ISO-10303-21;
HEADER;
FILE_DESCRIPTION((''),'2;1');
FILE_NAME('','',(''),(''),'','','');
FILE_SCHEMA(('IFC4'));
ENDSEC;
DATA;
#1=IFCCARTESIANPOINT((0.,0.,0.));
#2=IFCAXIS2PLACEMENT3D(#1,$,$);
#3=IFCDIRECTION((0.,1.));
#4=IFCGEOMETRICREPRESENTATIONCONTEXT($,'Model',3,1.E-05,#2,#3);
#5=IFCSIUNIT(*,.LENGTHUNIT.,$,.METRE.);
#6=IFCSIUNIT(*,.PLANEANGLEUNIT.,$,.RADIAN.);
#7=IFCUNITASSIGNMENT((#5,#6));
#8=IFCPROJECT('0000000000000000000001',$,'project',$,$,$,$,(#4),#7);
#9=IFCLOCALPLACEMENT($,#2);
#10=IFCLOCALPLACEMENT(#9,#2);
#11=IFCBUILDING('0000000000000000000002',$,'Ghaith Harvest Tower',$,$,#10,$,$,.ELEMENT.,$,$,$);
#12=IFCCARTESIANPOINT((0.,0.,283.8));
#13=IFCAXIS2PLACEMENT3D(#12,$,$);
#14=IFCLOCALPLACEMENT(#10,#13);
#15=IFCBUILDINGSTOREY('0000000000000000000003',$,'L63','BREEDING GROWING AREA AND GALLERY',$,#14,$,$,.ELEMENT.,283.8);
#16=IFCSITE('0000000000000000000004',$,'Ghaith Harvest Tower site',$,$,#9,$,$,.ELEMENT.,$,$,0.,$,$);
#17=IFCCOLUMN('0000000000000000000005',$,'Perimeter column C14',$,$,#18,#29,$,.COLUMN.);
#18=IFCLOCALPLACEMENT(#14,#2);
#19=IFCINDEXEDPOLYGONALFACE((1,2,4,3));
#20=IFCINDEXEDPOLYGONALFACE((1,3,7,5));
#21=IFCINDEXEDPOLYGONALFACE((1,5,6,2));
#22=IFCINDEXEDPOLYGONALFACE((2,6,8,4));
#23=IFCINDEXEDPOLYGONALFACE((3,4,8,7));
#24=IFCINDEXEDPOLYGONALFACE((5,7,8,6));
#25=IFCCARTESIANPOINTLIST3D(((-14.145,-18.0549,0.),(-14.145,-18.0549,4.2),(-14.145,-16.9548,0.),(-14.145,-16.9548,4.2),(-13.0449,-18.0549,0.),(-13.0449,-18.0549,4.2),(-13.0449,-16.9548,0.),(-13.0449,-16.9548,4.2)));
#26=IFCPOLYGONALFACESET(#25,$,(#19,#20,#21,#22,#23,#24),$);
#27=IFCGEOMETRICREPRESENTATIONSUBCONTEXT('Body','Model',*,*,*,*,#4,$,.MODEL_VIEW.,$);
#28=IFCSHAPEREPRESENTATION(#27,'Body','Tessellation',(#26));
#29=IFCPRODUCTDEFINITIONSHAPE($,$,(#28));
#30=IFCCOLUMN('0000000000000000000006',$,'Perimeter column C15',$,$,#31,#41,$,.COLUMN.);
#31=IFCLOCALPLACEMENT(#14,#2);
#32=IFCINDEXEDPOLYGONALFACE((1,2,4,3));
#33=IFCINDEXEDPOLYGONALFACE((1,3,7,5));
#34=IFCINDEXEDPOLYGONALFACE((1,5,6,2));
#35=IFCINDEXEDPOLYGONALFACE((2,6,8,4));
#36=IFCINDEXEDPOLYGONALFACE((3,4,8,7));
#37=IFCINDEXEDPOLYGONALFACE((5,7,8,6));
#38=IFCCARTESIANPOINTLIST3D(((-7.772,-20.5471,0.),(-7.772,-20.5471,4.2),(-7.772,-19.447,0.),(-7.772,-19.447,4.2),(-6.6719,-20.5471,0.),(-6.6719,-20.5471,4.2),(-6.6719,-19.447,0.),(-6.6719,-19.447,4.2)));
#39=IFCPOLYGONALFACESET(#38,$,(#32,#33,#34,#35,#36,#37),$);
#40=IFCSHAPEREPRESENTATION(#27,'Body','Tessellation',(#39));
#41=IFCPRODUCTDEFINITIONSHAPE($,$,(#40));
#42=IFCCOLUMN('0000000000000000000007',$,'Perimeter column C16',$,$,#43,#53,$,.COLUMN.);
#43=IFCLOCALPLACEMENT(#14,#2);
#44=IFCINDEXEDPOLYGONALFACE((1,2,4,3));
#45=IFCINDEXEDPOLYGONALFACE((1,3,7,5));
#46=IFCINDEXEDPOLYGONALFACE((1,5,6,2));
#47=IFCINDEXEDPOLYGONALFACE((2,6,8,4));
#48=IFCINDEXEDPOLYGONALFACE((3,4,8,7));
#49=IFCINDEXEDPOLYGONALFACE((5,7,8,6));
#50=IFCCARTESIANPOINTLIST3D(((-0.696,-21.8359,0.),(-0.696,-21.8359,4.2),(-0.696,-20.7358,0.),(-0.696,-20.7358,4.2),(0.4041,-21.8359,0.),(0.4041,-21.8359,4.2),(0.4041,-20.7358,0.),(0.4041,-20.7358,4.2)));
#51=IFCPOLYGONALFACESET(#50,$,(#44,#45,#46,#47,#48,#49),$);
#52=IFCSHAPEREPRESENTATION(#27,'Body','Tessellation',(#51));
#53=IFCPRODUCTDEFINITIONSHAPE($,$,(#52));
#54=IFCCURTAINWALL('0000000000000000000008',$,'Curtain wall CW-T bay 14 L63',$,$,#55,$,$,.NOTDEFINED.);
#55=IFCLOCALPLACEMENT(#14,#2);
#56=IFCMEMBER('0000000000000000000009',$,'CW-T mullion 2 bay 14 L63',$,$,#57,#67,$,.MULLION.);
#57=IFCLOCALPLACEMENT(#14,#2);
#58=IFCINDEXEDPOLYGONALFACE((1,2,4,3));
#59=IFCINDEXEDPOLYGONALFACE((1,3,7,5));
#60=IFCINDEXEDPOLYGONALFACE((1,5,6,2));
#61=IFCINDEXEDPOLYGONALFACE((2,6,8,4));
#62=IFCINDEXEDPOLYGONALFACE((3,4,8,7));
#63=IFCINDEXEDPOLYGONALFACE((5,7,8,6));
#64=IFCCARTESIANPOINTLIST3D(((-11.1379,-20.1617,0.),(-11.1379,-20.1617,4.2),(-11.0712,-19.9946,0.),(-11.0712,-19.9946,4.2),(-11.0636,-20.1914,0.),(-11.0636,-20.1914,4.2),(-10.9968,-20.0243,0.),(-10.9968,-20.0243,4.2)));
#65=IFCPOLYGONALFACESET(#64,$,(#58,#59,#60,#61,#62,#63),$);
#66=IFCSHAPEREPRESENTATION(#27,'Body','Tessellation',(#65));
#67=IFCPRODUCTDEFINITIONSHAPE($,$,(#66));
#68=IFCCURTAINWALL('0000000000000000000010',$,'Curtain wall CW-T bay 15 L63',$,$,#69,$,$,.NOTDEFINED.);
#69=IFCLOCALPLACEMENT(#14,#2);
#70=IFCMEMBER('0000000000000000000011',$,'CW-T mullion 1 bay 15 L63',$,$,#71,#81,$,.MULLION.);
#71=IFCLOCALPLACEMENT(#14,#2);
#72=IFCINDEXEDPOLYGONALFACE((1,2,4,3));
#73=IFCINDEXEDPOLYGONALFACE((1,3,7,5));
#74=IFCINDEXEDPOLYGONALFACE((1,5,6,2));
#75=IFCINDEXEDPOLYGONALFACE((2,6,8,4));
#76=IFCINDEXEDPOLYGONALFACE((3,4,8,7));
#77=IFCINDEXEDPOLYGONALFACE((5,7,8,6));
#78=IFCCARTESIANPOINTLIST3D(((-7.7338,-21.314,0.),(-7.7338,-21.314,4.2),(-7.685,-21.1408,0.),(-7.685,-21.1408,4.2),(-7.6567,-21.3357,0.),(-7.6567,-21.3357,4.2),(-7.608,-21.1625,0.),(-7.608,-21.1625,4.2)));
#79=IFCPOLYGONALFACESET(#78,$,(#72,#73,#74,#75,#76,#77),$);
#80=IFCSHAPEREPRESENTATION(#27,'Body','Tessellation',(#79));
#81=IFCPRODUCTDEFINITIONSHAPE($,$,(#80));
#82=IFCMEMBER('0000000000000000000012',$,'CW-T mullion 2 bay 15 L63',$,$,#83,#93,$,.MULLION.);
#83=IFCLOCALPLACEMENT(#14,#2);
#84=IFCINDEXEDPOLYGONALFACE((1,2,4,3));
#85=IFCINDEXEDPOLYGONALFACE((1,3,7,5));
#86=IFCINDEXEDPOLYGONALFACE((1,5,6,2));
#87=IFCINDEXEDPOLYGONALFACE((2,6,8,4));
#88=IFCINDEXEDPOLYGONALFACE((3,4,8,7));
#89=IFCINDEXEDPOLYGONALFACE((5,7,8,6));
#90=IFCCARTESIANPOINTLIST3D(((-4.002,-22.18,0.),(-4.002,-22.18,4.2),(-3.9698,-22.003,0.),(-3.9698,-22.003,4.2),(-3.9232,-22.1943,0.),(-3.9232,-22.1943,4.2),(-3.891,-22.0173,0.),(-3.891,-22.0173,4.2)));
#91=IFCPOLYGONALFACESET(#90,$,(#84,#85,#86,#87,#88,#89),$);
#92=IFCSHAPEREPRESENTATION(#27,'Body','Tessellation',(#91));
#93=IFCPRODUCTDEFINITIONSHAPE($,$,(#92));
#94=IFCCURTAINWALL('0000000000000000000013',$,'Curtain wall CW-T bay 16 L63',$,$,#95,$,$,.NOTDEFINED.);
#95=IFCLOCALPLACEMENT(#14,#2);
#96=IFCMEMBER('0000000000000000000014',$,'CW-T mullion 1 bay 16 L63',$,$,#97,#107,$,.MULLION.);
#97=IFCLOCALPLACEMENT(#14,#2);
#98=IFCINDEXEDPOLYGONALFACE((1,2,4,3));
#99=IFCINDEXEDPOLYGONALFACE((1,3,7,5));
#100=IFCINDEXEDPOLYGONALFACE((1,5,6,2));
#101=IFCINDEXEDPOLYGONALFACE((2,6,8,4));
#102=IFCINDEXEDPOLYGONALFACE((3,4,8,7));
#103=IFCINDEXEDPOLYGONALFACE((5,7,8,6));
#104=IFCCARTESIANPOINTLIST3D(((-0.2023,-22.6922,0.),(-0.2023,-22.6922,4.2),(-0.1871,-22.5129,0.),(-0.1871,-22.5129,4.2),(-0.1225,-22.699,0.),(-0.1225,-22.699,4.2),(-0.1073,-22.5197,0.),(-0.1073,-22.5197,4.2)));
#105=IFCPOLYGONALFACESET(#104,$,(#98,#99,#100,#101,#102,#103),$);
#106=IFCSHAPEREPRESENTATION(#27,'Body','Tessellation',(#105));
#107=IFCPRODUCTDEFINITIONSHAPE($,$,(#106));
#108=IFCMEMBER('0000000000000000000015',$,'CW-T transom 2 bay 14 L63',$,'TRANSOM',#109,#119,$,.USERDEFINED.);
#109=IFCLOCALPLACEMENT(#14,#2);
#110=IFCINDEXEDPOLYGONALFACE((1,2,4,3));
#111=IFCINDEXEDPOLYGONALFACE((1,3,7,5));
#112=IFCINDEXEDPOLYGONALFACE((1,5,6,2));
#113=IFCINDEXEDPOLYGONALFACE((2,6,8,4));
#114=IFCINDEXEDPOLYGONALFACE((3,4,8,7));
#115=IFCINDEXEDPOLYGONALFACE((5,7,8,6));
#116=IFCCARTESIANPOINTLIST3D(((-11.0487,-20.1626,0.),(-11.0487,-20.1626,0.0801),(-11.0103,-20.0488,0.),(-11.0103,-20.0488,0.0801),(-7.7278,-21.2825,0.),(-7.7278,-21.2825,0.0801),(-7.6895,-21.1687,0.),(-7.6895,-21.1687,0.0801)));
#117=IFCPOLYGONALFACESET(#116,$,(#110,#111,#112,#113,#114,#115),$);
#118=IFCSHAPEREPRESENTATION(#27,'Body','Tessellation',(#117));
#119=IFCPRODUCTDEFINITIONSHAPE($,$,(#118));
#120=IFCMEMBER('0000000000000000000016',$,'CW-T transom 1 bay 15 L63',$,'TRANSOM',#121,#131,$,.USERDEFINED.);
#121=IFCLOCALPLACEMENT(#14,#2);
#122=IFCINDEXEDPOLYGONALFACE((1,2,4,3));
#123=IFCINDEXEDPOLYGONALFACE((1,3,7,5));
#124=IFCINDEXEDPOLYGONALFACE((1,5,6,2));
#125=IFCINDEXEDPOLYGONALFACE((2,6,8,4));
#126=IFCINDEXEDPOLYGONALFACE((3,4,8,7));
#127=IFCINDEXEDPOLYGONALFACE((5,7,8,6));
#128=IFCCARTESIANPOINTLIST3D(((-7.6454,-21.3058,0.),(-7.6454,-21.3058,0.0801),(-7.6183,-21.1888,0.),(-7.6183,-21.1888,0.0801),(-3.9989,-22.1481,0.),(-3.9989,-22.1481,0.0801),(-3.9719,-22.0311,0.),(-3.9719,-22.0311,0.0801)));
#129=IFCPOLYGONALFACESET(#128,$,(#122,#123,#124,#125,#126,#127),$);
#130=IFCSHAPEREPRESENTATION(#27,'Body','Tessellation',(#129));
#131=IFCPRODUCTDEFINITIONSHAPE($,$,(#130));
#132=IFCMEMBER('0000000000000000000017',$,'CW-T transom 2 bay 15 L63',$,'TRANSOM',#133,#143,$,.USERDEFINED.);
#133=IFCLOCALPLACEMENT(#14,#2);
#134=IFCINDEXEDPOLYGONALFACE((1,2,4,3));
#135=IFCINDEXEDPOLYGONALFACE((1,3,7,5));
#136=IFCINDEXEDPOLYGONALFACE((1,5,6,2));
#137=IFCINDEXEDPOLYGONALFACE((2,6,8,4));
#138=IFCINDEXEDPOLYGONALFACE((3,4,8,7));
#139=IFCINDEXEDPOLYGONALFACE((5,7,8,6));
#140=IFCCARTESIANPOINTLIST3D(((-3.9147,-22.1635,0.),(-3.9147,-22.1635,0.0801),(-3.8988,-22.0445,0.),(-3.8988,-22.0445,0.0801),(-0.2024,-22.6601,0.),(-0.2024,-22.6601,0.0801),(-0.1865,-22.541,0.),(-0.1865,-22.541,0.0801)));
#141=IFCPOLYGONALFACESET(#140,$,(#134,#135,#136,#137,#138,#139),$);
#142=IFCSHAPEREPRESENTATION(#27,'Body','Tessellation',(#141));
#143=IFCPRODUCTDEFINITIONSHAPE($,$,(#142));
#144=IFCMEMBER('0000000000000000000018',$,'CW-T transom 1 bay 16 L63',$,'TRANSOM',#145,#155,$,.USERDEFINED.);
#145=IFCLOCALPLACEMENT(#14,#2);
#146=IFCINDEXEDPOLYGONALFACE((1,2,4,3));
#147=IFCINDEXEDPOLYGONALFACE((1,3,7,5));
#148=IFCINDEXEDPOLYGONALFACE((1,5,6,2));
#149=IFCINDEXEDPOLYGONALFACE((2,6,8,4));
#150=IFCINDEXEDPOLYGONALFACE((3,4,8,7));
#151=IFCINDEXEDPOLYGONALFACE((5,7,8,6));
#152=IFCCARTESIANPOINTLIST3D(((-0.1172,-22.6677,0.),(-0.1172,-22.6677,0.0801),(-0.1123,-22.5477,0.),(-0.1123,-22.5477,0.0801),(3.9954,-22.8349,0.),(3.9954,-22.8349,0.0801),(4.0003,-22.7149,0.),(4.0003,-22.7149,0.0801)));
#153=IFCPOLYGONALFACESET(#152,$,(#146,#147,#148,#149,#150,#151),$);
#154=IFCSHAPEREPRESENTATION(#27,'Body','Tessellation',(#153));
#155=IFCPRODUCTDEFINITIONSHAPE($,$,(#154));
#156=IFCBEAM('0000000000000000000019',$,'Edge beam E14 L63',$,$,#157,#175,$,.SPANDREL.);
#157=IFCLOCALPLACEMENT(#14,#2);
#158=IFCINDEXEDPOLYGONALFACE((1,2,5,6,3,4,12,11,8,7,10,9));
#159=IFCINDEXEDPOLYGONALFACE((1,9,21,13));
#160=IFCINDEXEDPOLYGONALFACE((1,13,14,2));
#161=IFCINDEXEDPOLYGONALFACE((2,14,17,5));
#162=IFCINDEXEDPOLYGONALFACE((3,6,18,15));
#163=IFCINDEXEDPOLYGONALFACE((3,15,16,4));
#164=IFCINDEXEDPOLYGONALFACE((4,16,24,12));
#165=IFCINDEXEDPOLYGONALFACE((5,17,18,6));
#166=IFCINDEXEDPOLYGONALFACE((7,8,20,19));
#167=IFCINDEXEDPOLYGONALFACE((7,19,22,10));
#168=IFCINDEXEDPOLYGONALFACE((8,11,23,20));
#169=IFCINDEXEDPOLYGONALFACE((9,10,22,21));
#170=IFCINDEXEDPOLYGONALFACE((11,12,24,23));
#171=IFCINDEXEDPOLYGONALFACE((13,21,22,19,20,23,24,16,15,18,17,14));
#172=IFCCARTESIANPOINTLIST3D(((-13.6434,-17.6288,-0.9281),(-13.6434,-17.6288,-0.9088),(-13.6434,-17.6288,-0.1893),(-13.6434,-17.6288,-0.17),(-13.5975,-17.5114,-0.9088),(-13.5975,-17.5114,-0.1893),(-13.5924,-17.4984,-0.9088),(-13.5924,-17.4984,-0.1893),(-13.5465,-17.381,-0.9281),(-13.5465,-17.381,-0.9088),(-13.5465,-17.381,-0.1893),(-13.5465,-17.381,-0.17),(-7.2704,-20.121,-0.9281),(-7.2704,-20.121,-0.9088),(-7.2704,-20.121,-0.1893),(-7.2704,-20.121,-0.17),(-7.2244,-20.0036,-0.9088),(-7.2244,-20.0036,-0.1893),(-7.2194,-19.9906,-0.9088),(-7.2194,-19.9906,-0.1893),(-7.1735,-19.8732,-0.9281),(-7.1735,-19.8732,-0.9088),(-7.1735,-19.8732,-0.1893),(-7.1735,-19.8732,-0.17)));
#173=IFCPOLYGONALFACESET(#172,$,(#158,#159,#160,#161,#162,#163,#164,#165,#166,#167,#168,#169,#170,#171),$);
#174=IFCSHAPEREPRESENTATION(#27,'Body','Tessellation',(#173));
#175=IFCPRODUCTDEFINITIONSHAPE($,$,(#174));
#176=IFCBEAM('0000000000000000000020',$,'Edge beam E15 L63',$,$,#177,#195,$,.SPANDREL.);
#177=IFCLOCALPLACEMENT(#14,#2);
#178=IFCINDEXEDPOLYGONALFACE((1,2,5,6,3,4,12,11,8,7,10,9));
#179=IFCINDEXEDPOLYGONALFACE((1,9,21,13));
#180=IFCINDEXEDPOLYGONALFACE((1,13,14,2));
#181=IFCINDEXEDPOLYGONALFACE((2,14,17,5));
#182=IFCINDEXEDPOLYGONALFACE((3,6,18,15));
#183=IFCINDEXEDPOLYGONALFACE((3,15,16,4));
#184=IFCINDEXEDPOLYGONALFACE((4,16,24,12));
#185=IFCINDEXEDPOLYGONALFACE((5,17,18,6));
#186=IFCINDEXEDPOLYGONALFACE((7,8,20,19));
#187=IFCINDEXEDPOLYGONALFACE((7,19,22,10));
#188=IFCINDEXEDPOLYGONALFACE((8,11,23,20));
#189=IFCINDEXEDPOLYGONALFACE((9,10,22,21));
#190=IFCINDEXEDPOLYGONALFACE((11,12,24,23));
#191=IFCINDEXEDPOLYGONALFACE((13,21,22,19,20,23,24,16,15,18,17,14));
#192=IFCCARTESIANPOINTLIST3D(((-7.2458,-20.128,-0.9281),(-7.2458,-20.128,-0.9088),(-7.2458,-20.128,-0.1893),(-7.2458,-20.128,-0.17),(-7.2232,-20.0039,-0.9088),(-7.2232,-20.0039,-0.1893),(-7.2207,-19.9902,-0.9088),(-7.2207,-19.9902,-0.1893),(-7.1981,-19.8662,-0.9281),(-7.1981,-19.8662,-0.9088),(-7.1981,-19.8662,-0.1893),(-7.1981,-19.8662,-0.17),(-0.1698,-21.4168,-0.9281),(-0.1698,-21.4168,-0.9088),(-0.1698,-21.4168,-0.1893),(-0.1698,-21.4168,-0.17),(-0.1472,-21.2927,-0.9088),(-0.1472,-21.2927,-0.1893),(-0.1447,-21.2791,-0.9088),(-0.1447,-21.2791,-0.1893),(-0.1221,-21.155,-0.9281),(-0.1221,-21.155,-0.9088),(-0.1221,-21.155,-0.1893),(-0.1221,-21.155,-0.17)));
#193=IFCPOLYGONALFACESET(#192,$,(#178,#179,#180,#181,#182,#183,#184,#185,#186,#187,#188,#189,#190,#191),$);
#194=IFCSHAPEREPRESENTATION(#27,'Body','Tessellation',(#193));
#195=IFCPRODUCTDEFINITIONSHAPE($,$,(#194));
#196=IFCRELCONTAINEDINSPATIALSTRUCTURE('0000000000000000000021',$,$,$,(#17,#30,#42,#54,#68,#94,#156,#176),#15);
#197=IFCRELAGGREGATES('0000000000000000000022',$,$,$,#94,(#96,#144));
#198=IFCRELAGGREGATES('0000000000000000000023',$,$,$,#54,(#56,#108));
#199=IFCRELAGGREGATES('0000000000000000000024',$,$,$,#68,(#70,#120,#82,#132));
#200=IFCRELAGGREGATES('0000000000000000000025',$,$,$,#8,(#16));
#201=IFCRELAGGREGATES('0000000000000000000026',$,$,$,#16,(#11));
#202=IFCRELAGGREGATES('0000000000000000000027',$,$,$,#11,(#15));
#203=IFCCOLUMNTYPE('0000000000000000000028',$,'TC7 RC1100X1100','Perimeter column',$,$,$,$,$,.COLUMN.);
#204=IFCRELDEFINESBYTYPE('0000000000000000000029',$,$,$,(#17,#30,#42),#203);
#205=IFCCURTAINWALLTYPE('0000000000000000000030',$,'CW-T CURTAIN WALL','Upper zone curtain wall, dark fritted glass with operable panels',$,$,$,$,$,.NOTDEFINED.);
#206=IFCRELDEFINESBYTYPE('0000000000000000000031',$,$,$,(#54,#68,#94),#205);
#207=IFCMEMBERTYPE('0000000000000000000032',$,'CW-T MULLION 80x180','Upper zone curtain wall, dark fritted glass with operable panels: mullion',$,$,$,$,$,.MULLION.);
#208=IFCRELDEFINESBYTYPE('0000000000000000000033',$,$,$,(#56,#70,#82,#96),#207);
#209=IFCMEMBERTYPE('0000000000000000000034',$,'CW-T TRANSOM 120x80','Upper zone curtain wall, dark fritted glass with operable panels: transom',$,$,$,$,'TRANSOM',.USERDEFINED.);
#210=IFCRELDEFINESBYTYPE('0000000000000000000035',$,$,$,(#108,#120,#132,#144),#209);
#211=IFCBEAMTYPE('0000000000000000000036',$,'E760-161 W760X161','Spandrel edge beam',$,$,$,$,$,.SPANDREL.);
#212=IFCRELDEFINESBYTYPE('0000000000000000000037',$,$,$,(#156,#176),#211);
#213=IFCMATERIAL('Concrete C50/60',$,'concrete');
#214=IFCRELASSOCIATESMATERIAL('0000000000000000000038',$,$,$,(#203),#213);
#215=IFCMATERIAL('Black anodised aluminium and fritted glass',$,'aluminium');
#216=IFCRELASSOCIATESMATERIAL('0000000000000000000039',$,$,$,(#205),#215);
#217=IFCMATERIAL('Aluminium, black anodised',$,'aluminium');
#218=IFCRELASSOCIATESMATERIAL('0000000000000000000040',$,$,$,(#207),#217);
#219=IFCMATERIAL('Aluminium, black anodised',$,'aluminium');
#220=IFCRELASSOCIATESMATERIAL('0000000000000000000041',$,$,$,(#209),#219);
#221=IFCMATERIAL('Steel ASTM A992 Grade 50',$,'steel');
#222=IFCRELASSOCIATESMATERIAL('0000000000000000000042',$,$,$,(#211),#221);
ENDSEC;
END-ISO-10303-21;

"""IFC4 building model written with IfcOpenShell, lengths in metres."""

from ifc_helpers import new_model, si_unit, direction, frame, origin, origin_2d, place, context, subcontext, project, spatial, rectangle, i_section, extrude, material, material_profile, profile_set, type_object, element, aggregate, save


model = new_model("IFC4")

# Units and contexts
model_context = context("Model", 3, precision=1e-05, world=origin(), true_north=direction((0.0, 1.0)))
body_context = subcontext(model_context, "Body", "Model", "MODEL_VIEW")
ifc_project = project(units=[si_unit("LENGTHUNIT", "METRE"), si_unit("PLANEANGLEUNIT", "RADIAN")], contexts=[model_context])

# Site, building, storey
site_placement = place(None, origin())
site = spatial("IfcSite", under=ifc_project, at=site_placement, Name="Ghaith Harvest Tower site", CompositionType="ELEMENT", RefElevation=0.0)
building_placement = place(site_placement, origin())
building = spatial("IfcBuilding", under=site, at=building_placement, Name="Ghaith Harvest Tower", CompositionType="ELEMENT")
storey_placement = place(building_placement, frame((0.0, 0.0, 283.8)))
storey = spatial("IfcBuildingStorey", under=building, at=storey_placement, Name="L63", Description="BREEDING GROWING AREA AND GALLERY", CompositionType="ELEMENT", Elevation=283.8)

# Columns
ifc_material_1 = material(Name="Concrete C50/60", Category="concrete")
ifc_material_profile_1 = material_profile(ifc_material_1, rectangle(XDim=1.1001, YDim=1.1001, at=origin_2d()), Name="RC1100X1100")
ifc_profile_set_1 = profile_set([ifc_material_profile_1], Name="Concrete C50/60")
column_type = type_object("IfcColumnType", Name="TC7 RC1100X1100", Description="Perimeter column", PredefinedType="COLUMN", material=ifc_profile_set_1)
for number, where, z_axis, x_axis, name in (
    (1, (-13.595, -17.5049, 0.0), (0.0, 0.0, 1.0), (1.0, 0.0, 0.0), "Perimeter column C14"),
    (2, (-7.2219, -19.9971, 0.0), (0.0, 0.0, 1.0), (1.0, 0.0, 0.0), "Perimeter column C15"),
    (3, (-0.146, -21.2859, 0.0), (0.0, 0.0, 1.0), (1.0, 0.0, 0.0), "Perimeter column C16"),
):
    element("IfcColumn", number, at=place(storey_placement, frame(where, z_axis=z_axis, x_axis=x_axis)), inside=storey, type_object=column_type, Name=name, PredefinedType="COLUMN", context=body_context, shape_type="SweptSolid", body=[
        extrude(rectangle(XDim=1.1001, YDim=1.1001, at=origin_2d()), origin(), (0.0, 0.0, 1.0), 4.2),
    ])

# Curtain wall, member
ifc_material_2 = material(Name="Black anodised aluminium and fritted glass", Category="aluminium")
curtain_wall_type = type_object("IfcCurtainWallType", Name="CW-T CURTAIN WALL", Description="Upper zone curtain wall, dark fritted glass with operable panels", PredefinedType="NOTDEFINED", material=ifc_material_2)
curtain_wall_1_placement = place(storey_placement, origin())
curtain_wall_1 = element("IfcCurtainWall", 4, at=curtain_wall_1_placement, inside=storey, type_object=curtain_wall_type, Name="Curtain wall CW-T bay 14 L63", PredefinedType="NOTDEFINED")
ifc_material_3 = material(Name="Aluminium, black anodised", Category="aluminium")
ifc_material_profile_2 = material_profile(ifc_material_3, rectangle(XDim=0.0801, YDim=0.1799, at=origin_2d()), Name="CW-T MULLION 80x180")
ifc_profile_set_2 = profile_set([ifc_material_profile_2], Name="Aluminium, black anodised")
member_type_1 = type_object("IfcMemberType", Name="CW-T MULLION 80x180", Description="Upper zone curtain wall, dark fritted glass with operable panels: mullion", PredefinedType="MULLION", material=ifc_profile_set_2)
member_1_placement = place(storey_placement, frame((-11.0674, -20.093, 0.0), z_axis=(0.0, 0.0, 1.0), x_axis=(0.928624, -0.371021, 0.0)))
member_1 = element("IfcMember", 5, at=member_1_placement, type_object=member_type_1, Name="CW-T mullion 2 bay 14 L63", PredefinedType="MULLION", context=body_context, shape_type="SweptSolid", body=[
    extrude(rectangle(XDim=0.0801, YDim=0.1799, at=origin_2d()), origin(), (0.0, 0.0, 1.0), 4.2),
])

# Curtain wall, members
curtain_wall_2_placement = place(storey_placement, origin())
curtain_wall_2 = element("IfcCurtainWall", 6, at=curtain_wall_2_placement, inside=storey, type_object=curtain_wall_type, Name="Curtain wall CW-T bay 15 L63", PredefinedType="NOTDEFINED")
member_2_placement = place(storey_placement, frame((-7.6709, -21.2383, 0.0), z_axis=(0.0, 0.0, 1.0), x_axis=(0.962552, -0.271095, 0.0)))
member_2 = element("IfcMember", 7, at=member_2_placement, type_object=member_type_1, Name="CW-T mullion 1 bay 15 L63", PredefinedType="MULLION", context=body_context, shape_type="SweptSolid", body=[
    extrude(rectangle(XDim=0.0801, YDim=0.1799, at=origin_2d()), origin(), (0.0, 0.0, 1.0), 4.2),
])
member_3_placement = place(storey_placement, frame((-3.9465, -22.0986, 0.0), z_axis=(0.0, 0.0, 1.0), x_axis=(0.983843, -0.179031, 0.0)))
member_3 = element("IfcMember", 8, at=member_3_placement, type_object=member_type_1, Name="CW-T mullion 2 bay 15 L63", PredefinedType="MULLION", context=body_context, shape_type="SweptSolid", body=[
    extrude(rectangle(XDim=0.0801, YDim=0.1799, at=origin_2d()), origin(), (0.0, 0.0, 1.0), 4.2),
])

# Curtain wall, member
curtain_wall_3_placement = place(storey_placement, origin())
curtain_wall_3 = element("IfcCurtainWall", 9, at=curtain_wall_3_placement, inside=storey, type_object=curtain_wall_type, Name="Curtain wall CW-T bay 16 L63", PredefinedType="NOTDEFINED")
member_4_placement = place(storey_placement, frame((-0.1548, -22.606, 0.0), z_axis=(0.0, 0.0, 1.0), x_axis=(0.996415, -0.084602, 0.0)))
member_4 = element("IfcMember", 10, at=member_4_placement, type_object=member_type_1, Name="CW-T mullion 1 bay 16 L63", PredefinedType="MULLION", context=body_context, shape_type="SweptSolid", body=[
    extrude(rectangle(XDim=0.0801, YDim=0.1799, at=origin_2d()), origin(), (0.0, 0.0, 1.0), 4.2),
])

# Members
ifc_material_4 = material(Name="Aluminium, black anodised", Category="aluminium")
ifc_material_profile_3 = material_profile(ifc_material_4, rectangle(XDim=0.1201, YDim=0.0801, at=origin_2d()), Name="CW-T TRANSOM 120x80")
ifc_profile_set_3 = profile_set([ifc_material_profile_3], Name="Aluminium, black anodised")
member_type_2 = type_object("IfcMemberType", Name="CW-T TRANSOM 120x80", Description="Upper zone curtain wall, dark fritted glass with operable panels: transom", ElementType="TRANSOM", PredefinedType="USERDEFINED", material=ifc_profile_set_3)
member_5_placement = place(storey_placement, frame((-11.0295, -20.1057, 0.04), z_axis=(0.94757, -0.319549, 0.0), x_axis=(0.319549, 0.94757, 0.0)))
member_5 = element("IfcMember", 11, at=member_5_placement, type_object=member_type_2, Name="CW-T transom 2 bay 14 L63", ObjectType="TRANSOM", PredefinedType="USERDEFINED", context=body_context, shape_type="SweptSolid", body=[
    extrude(rectangle(XDim=0.1201, YDim=0.0801, at=origin_2d()), origin(), (0.0, 0.0, 1.0), 3.5046),
])
member_6_placement = place(storey_placement, frame((-7.6318, -21.2473, 0.04), z_axis=(0.974345, -0.22506, 0.0), x_axis=(0.22506, 0.974345, 0.0)))
member_6 = element("IfcMember", 12, at=member_6_placement, type_object=member_type_2, Name="CW-T transom 1 bay 15 L63", ObjectType="TRANSOM", PredefinedType="USERDEFINED", context=body_context, shape_type="SweptSolid", body=[
    extrude(rectangle(XDim=0.1201, YDim=0.0801, at=origin_2d()), origin(), (0.0, 0.0, 1.0), 3.7424),
])
member_7_placement = place(storey_placement, frame((-3.9067, -22.104, 0.04), z_axis=(0.991172, -0.132582, 0.0), x_axis=(0.132582, 0.991172, 0.0)))
member_7 = element("IfcMember", 13, at=member_7_placement, type_object=member_type_2, Name="CW-T transom 2 bay 15 L63", ObjectType="TRANSOM", PredefinedType="USERDEFINED", context=body_context, shape_type="SweptSolid", body=[
    extrude(rectangle(XDim=0.1201, YDim=0.0801, at=origin_2d()), origin(), (0.0, 0.0, 1.0), 3.7454),
])
member_8_placement = place(storey_placement, frame((-0.1147, -22.6077, 0.04), z_axis=(0.999174, -0.040631, 0.0), x_axis=(0.040631, 0.999174, 0.0)))
member_8 = element("IfcMember", 14, at=member_8_placement, type_object=member_type_2, Name="CW-T transom 1 bay 16 L63", ObjectType="TRANSOM", PredefinedType="USERDEFINED", context=body_context, shape_type="SweptSolid", body=[
    extrude(rectangle(XDim=0.1201, YDim=0.0801, at=origin_2d()), origin(), (0.0, 0.0, 1.0), 4.116),
])
aggregate(curtain_wall_3, [member_4, member_8])

# Beams
ifc_material_5 = material(Name="Steel ASTM A992 Grade 50", Category="steel")
ifc_material_profile_4 = material_profile(ifc_material_5, i_section(OverallWidth=0.2661, OverallDepth=0.7581, WebThickness=0.0139, FlangeThickness=0.0193, at=origin_2d()), Name="W760X161")
ifc_profile_set_4 = profile_set([ifc_material_profile_4], Name="Steel ASTM A992 Grade 50")
beam_type_1 = type_object("IfcBeamType", Name="E760-161 W760X161", Description="Spandrel edge beam", PredefinedType="SPANDREL", material=ifc_profile_set_4)
beam_1_placement = place(storey_placement, frame((-13.595, -17.5049, -0.5491), z_axis=(0.931323, -0.364195, 0.0), x_axis=(0.364195, 0.931323, 0.0)))
element("IfcBeam", 15, at=beam_1_placement, inside=storey, type_object=beam_type_1, Name="Edge beam E14 L63", PredefinedType="SPANDREL", context=body_context, shape_type="SweptSolid", body=[
    extrude(i_section(OverallWidth=0.2661, OverallDepth=0.7581, WebThickness=0.0139, FlangeThickness=0.0193, at=origin_2d()), origin(), (0.0, 0.0, 1.0), 6.843),
])
beam_2_placement = place(storey_placement, frame((-7.2219, -19.9971, -0.5491), z_axis=(0.983814, -0.179193, 0.0), x_axis=(0.179193, 0.983814, 0.0)))
element("IfcBeam", 16, at=beam_2_placement, inside=storey, type_object=beam_type_1, Name="Edge beam E15 L63", PredefinedType="SPANDREL", context=body_context, shape_type="SweptSolid", body=[
    extrude(i_section(OverallWidth=0.2661, OverallDepth=0.7581, WebThickness=0.0139, FlangeThickness=0.0193, at=origin_2d()), origin(), (0.0, 0.0, 1.0), 7.1924),
])

aggregate(curtain_wall_1, [member_1, member_5])
aggregate(curtain_wall_2, [member_2, member_6, member_3, member_7])

save(model, "model.ifc")
